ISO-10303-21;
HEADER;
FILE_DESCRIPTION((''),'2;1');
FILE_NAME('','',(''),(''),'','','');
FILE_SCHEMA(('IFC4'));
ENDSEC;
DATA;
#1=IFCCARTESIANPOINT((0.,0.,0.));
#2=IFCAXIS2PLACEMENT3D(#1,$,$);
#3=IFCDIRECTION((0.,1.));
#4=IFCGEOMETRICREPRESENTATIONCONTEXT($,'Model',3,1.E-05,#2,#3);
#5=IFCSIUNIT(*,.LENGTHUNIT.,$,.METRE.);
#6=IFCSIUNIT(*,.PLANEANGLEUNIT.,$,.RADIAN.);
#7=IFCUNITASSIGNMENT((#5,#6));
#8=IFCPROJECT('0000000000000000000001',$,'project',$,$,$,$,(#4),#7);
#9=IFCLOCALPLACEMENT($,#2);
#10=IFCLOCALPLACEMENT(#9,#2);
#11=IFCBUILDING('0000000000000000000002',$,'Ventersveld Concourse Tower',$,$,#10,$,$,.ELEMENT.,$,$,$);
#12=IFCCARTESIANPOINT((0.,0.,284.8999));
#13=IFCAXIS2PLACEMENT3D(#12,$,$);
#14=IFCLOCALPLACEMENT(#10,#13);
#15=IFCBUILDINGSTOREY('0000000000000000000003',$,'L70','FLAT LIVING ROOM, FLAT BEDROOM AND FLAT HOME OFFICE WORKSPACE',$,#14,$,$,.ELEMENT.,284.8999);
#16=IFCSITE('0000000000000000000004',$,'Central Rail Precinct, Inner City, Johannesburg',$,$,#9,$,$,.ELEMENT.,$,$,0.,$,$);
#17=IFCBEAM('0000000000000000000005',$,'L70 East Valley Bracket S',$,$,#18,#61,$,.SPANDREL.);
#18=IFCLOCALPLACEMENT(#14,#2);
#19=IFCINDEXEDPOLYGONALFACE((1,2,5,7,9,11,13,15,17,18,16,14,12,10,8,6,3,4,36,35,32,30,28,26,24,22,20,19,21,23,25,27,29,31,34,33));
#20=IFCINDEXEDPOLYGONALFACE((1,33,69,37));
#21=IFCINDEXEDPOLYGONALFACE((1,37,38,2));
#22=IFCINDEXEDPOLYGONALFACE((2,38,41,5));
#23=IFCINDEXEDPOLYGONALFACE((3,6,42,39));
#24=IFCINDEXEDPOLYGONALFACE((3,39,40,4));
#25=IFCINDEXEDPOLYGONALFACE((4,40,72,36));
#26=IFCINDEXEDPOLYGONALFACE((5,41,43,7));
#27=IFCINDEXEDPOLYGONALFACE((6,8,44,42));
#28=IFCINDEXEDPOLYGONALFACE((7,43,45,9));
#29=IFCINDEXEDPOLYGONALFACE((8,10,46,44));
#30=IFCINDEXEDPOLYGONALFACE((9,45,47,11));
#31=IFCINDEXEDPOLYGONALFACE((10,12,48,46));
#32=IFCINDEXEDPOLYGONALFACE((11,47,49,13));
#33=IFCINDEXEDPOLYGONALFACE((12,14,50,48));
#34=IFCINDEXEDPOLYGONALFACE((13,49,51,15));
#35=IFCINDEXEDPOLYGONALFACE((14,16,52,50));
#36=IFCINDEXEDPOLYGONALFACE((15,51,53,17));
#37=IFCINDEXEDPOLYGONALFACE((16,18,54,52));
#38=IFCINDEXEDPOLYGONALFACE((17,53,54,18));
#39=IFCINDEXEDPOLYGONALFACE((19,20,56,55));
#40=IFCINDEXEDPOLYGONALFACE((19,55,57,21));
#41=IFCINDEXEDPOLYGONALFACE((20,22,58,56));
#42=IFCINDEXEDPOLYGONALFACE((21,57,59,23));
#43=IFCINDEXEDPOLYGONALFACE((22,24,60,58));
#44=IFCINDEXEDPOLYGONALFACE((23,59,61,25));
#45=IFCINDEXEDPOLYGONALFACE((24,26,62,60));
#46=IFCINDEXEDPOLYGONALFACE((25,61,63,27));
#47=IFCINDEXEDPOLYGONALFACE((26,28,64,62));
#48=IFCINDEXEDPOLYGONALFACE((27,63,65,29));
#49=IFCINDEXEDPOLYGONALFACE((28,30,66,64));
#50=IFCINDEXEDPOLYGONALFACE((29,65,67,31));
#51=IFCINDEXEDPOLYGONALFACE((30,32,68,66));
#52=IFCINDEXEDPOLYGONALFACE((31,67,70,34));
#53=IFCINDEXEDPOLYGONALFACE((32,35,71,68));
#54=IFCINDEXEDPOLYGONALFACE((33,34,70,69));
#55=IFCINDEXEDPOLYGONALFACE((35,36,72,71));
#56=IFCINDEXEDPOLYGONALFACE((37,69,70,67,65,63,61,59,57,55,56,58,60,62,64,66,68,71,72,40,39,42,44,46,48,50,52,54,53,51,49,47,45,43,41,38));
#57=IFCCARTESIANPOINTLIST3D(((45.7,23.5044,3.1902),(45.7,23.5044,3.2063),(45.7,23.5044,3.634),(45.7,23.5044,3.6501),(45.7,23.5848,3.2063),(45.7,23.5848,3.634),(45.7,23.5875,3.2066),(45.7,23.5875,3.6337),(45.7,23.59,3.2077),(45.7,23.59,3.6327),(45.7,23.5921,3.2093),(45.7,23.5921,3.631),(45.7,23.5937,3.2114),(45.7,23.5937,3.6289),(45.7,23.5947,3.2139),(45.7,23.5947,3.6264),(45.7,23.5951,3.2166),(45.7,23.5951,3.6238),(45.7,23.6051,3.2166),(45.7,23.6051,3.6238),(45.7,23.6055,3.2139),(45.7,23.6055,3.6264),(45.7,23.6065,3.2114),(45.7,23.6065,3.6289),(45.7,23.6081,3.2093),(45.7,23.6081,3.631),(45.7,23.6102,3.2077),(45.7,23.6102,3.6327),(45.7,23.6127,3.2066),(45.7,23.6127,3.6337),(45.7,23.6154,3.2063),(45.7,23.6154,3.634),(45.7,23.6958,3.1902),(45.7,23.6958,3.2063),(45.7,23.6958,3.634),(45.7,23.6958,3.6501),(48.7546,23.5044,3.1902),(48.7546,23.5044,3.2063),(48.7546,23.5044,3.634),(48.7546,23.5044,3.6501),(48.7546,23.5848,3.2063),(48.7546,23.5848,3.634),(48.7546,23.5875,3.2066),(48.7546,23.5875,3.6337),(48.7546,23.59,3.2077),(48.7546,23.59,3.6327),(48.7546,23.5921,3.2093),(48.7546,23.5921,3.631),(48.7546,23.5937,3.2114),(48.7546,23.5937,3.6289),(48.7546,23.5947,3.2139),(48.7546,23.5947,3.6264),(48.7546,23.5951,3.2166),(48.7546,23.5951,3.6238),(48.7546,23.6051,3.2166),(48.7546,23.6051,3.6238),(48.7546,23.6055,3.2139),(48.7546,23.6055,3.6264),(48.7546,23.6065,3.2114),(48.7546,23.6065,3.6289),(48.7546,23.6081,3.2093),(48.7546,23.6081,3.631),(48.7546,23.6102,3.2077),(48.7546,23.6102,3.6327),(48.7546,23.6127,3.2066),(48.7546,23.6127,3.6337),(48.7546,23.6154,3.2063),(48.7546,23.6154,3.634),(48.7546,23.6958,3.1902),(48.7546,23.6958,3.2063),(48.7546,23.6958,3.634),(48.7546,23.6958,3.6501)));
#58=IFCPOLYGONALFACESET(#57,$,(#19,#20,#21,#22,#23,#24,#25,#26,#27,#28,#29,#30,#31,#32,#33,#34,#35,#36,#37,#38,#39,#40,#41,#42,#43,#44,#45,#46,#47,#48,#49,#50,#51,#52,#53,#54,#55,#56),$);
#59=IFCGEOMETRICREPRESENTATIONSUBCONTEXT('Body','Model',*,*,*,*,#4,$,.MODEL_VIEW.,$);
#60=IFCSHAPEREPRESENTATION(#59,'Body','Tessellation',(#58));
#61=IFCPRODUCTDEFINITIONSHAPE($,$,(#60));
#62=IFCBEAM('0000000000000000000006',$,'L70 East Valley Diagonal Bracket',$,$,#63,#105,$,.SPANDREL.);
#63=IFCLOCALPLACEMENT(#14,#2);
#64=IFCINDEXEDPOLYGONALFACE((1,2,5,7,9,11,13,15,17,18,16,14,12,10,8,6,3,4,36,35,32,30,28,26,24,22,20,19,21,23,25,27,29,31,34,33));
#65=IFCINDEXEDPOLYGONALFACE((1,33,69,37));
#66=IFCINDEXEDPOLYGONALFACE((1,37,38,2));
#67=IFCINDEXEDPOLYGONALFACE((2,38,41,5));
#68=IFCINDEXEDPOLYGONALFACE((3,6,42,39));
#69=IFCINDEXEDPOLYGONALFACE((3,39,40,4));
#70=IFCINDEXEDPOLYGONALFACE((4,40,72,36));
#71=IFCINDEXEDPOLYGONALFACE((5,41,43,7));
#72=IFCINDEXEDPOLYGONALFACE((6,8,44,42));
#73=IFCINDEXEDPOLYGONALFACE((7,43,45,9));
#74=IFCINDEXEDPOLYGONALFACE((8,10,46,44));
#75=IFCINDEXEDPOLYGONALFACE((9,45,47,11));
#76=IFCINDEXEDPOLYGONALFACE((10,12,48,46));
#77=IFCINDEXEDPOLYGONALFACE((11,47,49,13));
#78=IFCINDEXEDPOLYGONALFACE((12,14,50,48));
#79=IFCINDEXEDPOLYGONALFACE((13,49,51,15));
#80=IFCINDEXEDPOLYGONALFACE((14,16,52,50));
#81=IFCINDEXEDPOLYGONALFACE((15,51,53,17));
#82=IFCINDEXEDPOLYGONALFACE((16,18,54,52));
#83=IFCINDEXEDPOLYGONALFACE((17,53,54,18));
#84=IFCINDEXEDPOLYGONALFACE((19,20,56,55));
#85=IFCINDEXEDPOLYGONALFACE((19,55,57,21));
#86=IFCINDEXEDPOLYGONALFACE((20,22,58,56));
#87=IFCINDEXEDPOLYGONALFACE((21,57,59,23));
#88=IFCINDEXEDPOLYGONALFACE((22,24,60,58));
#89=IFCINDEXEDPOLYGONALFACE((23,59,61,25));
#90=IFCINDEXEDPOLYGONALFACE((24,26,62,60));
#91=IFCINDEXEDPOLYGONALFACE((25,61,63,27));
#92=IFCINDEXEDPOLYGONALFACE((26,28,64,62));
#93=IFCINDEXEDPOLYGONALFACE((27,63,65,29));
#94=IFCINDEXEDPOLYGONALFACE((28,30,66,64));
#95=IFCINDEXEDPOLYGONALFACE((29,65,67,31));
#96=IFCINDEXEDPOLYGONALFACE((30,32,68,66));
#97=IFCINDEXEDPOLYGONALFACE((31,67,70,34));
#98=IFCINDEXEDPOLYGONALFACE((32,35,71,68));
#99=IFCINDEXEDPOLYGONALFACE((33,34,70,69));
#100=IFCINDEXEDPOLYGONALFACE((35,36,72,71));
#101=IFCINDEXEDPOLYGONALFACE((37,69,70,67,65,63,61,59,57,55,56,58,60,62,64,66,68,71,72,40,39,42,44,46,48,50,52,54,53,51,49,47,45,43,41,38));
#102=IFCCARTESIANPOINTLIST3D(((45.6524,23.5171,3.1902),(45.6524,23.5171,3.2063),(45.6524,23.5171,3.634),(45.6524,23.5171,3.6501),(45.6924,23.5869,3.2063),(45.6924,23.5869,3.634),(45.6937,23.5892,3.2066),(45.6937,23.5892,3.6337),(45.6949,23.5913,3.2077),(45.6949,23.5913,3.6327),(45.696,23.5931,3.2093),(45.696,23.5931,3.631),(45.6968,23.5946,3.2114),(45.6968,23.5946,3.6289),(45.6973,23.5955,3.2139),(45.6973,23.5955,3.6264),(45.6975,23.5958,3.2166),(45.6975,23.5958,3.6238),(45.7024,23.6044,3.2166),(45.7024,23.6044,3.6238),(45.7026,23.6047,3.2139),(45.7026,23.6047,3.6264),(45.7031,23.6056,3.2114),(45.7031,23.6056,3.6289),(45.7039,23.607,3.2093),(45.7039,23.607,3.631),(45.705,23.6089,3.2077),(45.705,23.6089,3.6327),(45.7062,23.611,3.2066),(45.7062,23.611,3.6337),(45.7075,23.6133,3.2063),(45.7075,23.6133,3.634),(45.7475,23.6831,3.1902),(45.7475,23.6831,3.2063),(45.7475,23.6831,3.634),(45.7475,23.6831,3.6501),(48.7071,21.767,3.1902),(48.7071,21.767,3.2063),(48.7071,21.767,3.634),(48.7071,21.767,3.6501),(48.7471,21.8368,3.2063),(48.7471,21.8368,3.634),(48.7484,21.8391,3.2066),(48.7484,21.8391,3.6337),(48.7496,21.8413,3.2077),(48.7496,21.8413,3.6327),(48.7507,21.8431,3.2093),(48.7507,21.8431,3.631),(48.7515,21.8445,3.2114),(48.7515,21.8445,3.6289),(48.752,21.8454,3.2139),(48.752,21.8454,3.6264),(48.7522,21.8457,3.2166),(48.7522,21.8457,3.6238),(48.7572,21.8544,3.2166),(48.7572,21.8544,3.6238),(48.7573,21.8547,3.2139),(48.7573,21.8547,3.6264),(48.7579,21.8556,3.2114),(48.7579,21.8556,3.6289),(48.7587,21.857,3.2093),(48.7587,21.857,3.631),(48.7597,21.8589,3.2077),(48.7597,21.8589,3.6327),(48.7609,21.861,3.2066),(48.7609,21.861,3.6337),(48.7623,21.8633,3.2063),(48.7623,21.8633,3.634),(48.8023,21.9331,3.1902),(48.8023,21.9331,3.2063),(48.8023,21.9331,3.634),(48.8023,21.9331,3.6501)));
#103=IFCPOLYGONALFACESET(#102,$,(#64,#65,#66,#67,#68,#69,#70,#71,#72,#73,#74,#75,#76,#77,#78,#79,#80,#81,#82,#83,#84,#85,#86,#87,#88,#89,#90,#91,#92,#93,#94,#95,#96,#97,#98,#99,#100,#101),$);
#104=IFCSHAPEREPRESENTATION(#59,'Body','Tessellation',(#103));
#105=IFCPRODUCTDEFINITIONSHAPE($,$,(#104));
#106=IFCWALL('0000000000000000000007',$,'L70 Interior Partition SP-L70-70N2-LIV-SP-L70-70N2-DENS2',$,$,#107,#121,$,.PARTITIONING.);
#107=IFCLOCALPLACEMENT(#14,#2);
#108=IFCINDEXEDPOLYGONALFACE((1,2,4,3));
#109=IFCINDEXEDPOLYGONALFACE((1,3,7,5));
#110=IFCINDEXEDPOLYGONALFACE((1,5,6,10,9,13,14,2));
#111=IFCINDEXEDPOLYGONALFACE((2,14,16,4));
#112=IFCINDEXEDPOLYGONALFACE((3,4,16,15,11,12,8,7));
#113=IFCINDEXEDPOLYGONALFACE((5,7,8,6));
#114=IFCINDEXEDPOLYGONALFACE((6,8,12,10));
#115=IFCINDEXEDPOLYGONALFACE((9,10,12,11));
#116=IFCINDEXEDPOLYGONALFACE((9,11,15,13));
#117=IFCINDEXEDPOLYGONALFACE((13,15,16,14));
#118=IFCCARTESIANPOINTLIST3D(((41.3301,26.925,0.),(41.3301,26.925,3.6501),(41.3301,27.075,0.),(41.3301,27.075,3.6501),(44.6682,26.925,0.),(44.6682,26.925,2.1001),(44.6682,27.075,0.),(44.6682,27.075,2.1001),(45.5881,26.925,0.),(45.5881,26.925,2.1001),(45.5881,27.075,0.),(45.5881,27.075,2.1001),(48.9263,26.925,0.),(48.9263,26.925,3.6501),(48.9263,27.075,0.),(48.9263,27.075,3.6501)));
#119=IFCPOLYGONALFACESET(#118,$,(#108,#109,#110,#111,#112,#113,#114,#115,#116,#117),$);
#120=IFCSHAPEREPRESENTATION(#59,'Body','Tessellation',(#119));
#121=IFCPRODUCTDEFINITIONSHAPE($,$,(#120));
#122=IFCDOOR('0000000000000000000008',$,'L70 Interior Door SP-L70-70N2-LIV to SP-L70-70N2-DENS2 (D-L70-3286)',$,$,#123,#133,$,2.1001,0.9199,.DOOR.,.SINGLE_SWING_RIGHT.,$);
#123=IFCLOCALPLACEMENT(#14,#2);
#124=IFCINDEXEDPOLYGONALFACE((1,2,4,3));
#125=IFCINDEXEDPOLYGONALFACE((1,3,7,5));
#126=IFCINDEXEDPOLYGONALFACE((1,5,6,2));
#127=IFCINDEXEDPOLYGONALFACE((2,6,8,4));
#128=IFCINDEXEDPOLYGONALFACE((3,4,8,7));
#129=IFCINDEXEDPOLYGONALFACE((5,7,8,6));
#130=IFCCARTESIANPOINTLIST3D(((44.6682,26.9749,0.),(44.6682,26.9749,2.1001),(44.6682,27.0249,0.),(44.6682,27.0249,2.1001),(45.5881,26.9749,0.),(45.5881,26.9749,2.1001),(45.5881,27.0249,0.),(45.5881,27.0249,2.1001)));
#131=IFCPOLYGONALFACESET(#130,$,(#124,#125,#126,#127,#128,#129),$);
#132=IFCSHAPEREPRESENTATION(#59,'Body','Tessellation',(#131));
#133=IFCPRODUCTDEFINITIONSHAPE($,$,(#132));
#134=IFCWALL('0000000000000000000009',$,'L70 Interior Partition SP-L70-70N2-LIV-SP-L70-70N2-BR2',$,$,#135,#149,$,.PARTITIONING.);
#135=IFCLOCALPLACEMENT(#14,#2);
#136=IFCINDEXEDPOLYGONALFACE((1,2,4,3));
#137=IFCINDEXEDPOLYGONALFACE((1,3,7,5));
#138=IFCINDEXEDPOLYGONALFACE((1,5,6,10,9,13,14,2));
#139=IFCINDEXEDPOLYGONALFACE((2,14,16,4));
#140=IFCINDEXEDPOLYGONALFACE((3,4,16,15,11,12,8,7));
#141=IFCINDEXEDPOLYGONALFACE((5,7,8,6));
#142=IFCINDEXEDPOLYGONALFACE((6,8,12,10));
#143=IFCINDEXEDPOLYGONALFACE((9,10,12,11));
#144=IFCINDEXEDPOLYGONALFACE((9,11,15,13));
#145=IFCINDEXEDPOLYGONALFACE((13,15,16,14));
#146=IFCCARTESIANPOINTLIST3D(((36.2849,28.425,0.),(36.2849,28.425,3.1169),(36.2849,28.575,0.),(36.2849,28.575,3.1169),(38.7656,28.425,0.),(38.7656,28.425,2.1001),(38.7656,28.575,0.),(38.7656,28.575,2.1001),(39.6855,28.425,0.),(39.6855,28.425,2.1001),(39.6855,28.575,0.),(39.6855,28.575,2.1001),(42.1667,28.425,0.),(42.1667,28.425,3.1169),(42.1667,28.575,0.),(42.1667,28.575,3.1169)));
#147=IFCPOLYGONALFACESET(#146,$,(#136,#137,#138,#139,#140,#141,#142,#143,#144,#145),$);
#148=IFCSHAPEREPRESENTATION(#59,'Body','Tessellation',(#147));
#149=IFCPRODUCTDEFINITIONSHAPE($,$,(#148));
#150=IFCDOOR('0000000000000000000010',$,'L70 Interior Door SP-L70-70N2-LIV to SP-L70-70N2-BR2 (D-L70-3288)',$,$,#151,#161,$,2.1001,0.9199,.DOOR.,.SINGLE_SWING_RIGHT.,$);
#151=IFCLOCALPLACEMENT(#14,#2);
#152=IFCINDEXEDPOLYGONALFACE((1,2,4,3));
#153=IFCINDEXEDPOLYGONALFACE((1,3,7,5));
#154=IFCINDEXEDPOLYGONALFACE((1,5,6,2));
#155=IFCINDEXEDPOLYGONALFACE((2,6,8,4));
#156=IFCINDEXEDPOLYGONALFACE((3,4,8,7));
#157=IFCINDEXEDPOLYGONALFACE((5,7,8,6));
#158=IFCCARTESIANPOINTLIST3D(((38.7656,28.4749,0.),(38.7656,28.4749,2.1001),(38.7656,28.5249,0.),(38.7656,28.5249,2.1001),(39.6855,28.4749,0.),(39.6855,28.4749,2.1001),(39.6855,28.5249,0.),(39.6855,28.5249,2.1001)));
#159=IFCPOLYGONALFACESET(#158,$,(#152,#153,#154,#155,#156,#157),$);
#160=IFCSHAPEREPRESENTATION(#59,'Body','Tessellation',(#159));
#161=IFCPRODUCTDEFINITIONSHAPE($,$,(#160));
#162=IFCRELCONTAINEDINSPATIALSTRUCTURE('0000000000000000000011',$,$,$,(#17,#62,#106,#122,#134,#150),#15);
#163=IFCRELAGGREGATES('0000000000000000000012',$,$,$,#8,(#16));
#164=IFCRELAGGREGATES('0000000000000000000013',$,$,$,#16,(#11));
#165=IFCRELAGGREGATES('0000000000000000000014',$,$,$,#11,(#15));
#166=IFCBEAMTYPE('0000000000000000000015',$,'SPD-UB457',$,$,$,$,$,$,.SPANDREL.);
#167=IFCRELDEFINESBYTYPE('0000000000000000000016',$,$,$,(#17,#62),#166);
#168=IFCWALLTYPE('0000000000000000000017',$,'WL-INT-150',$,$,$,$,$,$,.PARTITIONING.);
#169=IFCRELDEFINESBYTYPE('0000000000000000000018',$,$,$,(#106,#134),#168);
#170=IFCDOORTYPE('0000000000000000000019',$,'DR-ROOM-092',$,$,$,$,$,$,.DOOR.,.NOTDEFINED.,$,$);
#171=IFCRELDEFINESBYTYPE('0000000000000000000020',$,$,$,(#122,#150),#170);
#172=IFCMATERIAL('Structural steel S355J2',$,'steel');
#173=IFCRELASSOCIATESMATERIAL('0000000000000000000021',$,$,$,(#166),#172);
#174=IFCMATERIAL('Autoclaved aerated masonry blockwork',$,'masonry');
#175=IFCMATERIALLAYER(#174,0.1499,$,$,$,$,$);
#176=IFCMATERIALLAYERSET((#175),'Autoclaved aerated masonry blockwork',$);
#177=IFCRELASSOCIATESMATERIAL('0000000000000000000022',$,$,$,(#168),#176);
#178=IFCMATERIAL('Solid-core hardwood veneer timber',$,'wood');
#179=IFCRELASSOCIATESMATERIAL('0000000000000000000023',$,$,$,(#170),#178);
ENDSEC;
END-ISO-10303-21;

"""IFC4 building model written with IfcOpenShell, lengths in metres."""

from ifc_helpers import new_model, si_unit, direction, frame, frame_2d, origin, origin_2d, place, context, subcontext, project, spatial, rectangle, i_section, extrude, material, layer, layer_set, material_profile, profile_set, type_object, element, fill, save


model = new_model("IFC4")

# Units and contexts
model_context = context("Model", 3, precision=1e-05, world=origin(), true_north=direction((0.0, 1.0)))
body_context = subcontext(model_context, "Body", "Model", "MODEL_VIEW")
ifc_project = project(units=[si_unit("LENGTHUNIT", "METRE"), si_unit("PLANEANGLEUNIT", "RADIAN")], contexts=[model_context])

# Site, building, storey
site_placement = place(None, origin())
site = spatial("IfcSite", under=ifc_project, at=site_placement, Name="Central Rail Precinct, Inner City, Johannesburg", CompositionType="ELEMENT", RefElevation=0.0)
building_placement = place(site_placement, origin())
building = spatial("IfcBuilding", under=site, at=building_placement, Name="Ventersveld Concourse Tower", CompositionType="ELEMENT")
storey_placement = place(building_placement, frame((0.0, 0.0, 284.8999)))
storey = spatial("IfcBuildingStorey", under=building, at=storey_placement, Name="L70", Description="FLAT LIVING ROOM, FLAT BEDROOM AND FLAT HOME OFFICE WORKSPACE", CompositionType="ELEMENT", Elevation=284.8999)

# Beams
ifc_material_1 = material(Name="Structural steel S355J2", Category="steel")
ifc_material_profile_1 = material_profile(ifc_material_1, i_section(OverallWidth=0.1914, OverallDepth=0.46, WebThickness=0.01, FlangeThickness=0.0161, FilletRadius=0.0103, at=origin_2d()), Name="UB 457x191x82")
ifc_profile_set_1 = profile_set([ifc_material_profile_1], Name="Structural steel S355J2")
beam_type_1 = type_object("IfcBeamType", Name="SPD-UB457", PredefinedType="SPANDREL", material=ifc_profile_set_1)
beam_1_placement = place(storey_placement, frame((45.7, 23.6001, 3.4202), z_axis=(1.0, 0.0, 0.0), x_axis=(0.0, 1.0, 0.0)))
element("IfcBeam", 1, at=beam_1_placement, inside=storey, type_object=beam_type_1, Name="L70 East Valley Bracket S", PredefinedType="SPANDREL", context=body_context, shape_type="SweptSolid", body=[
    extrude(i_section(OverallWidth=0.1914, OverallDepth=0.46, WebThickness=0.01, FlangeThickness=0.0161, FilletRadius=0.0103, at=origin_2d()), origin(), (0.0, 0.0, 1.0), 3.0547),
])
beam_2_placement = place(storey_placement, frame((45.7, 23.6001, 3.4202), z_axis=(0.867696, -0.497095, 0.0), x_axis=(0.497095, 0.867696, 0.0)))
element("IfcBeam", 2, at=beam_2_placement, inside=storey, type_object=beam_type_1, Name="L70 East Valley Diagonal Bracket", PredefinedType="SPANDREL", context=body_context, shape_type="SweptSolid", body=[
    extrude(i_section(OverallWidth=0.1914, OverallDepth=0.46, WebThickness=0.01, FlangeThickness=0.0161, FilletRadius=0.0103, at=origin_2d()), origin(), (0.0, 0.0, 1.0), 3.5205),
])

# Walls, openings, doors
ifc_material_2 = material(Name="Autoclaved aerated masonry blockwork", Category="masonry")
ifc_layer_1 = layer(ifc_material_2, 0.1499)
ifc_layer_set_1 = layer_set([ifc_layer_1], Name="Autoclaved aerated masonry blockwork")
wall_type_1 = type_object("IfcWallType", Name="WL-INT-150", PredefinedType="PARTITIONING", material=ifc_layer_set_1)
wall_1_placement = place(storey_placement, frame((41.3301, 27.0, 0.0), z_axis=(0.0, 0.0, 1.0), x_axis=(1.0, 0.0, 0.0)))
wall_1 = element("IfcWall", 3, at=wall_1_placement, inside=storey, type_object=wall_type_1, Name="L70 Interior Partition SP-L70-70N2-LIV-SP-L70-70N2-DENS2", PredefinedType="PARTITIONING", context=body_context, shape_type="SweptSolid", body=[
    extrude(rectangle(XDim=7.5962, YDim=0.1499, at=frame_2d((3.7981, 0.0))), origin(), (0.0, 0.0, 1.0), 3.6501),
])
opening_1_placement = place(wall_1_placement, frame((3.3381, 0.0, 0.0)))
opening_1 = element("IfcOpeningElement", 4, at=opening_1_placement, cuts=wall_1, PredefinedType="OPENING", context=body_context, shape_type="SweptSolid", body=[
    extrude(rectangle(XDim=0.9199, YDim=2.1001, at=frame_2d((0.46, 1.05))), frame((0.0, 0.085, 0.0), z_axis=(0.0, -1.0, 0.0), x_axis=(1.0, 0.0, 0.0)), (0.0, 0.0, 1.0), 0.1699),
])
ifc_material_3 = material(Name="Solid-core hardwood veneer timber", Category="wood")
door_type = type_object("IfcDoorType", Name="DR-ROOM-092", OperationType="NOTDEFINED", PredefinedType="DOOR", material=ifc_material_3)
door_1_placement = place(opening_1_placement, origin())
door_1 = element("IfcDoor", 5, at=door_1_placement, inside=storey, type_object=door_type, Name="L70 Interior Door SP-L70-70N2-LIV to SP-L70-70N2-DENS2 (D-L70-3286)", OperationType="SINGLE_SWING_RIGHT", OverallHeight=2.1001, OverallWidth=0.9199, PredefinedType="DOOR", context=body_context, shape_type="SweptSolid", body=[
    extrude(rectangle(XDim=0.9199, YDim=2.1001, at=frame_2d((0.46, 1.05))), frame((0.0, 0.0249, 0.0), z_axis=(0.0, -1.0, 0.0), x_axis=(1.0, 0.0, 0.0)), (0.0, 0.0, 1.0), 0.05),
])
fill(opening_1, door_1)
wall_2_placement = place(storey_placement, frame((36.2849, 28.5, 0.0), z_axis=(0.0, 0.0, 1.0), x_axis=(1.0, 0.0, 0.0)))
wall_2 = element("IfcWall", 6, at=wall_2_placement, inside=storey, type_object=wall_type_1, Name="L70 Interior Partition SP-L70-70N2-LIV-SP-L70-70N2-BR2", PredefinedType="PARTITIONING", context=body_context, shape_type="SweptSolid", body=[
    extrude(rectangle(XDim=5.8818, YDim=0.1499, at=frame_2d((2.9409, 0.0))), origin(), (0.0, 0.0, 1.0), 3.1169),
])
opening_2_placement = place(wall_2_placement, frame((2.4807, 0.0, 0.0)))
opening_2 = element("IfcOpeningElement", 7, at=opening_2_placement, cuts=wall_2, PredefinedType="OPENING", context=body_context, shape_type="SweptSolid", body=[
    extrude(rectangle(XDim=0.9199, YDim=2.1001, at=frame_2d((0.46, 1.05))), frame((0.0, 0.085, 0.0), z_axis=(0.0, -1.0, 0.0), x_axis=(1.0, 0.0, 0.0)), (0.0, 0.0, 1.0), 0.1699),
])
door_2_placement = place(opening_2_placement, origin())
door_2 = element("IfcDoor", 8, at=door_2_placement, inside=storey, type_object=door_type, Name="L70 Interior Door SP-L70-70N2-LIV to SP-L70-70N2-BR2 (D-L70-3288)", OperationType="SINGLE_SWING_RIGHT", OverallHeight=2.1001, OverallWidth=0.9199, PredefinedType="DOOR", context=body_context, shape_type="SweptSolid", body=[
    extrude(rectangle(XDim=0.9199, YDim=2.1001, at=frame_2d((0.46, 1.05))), frame((0.0, 0.0249, 0.0), z_axis=(0.0, -1.0, 0.0), x_axis=(1.0, 0.0, 0.0)), (0.0, 0.0, 1.0), 0.05),
])
fill(opening_2, door_2)

save(model, "model.ifc")
